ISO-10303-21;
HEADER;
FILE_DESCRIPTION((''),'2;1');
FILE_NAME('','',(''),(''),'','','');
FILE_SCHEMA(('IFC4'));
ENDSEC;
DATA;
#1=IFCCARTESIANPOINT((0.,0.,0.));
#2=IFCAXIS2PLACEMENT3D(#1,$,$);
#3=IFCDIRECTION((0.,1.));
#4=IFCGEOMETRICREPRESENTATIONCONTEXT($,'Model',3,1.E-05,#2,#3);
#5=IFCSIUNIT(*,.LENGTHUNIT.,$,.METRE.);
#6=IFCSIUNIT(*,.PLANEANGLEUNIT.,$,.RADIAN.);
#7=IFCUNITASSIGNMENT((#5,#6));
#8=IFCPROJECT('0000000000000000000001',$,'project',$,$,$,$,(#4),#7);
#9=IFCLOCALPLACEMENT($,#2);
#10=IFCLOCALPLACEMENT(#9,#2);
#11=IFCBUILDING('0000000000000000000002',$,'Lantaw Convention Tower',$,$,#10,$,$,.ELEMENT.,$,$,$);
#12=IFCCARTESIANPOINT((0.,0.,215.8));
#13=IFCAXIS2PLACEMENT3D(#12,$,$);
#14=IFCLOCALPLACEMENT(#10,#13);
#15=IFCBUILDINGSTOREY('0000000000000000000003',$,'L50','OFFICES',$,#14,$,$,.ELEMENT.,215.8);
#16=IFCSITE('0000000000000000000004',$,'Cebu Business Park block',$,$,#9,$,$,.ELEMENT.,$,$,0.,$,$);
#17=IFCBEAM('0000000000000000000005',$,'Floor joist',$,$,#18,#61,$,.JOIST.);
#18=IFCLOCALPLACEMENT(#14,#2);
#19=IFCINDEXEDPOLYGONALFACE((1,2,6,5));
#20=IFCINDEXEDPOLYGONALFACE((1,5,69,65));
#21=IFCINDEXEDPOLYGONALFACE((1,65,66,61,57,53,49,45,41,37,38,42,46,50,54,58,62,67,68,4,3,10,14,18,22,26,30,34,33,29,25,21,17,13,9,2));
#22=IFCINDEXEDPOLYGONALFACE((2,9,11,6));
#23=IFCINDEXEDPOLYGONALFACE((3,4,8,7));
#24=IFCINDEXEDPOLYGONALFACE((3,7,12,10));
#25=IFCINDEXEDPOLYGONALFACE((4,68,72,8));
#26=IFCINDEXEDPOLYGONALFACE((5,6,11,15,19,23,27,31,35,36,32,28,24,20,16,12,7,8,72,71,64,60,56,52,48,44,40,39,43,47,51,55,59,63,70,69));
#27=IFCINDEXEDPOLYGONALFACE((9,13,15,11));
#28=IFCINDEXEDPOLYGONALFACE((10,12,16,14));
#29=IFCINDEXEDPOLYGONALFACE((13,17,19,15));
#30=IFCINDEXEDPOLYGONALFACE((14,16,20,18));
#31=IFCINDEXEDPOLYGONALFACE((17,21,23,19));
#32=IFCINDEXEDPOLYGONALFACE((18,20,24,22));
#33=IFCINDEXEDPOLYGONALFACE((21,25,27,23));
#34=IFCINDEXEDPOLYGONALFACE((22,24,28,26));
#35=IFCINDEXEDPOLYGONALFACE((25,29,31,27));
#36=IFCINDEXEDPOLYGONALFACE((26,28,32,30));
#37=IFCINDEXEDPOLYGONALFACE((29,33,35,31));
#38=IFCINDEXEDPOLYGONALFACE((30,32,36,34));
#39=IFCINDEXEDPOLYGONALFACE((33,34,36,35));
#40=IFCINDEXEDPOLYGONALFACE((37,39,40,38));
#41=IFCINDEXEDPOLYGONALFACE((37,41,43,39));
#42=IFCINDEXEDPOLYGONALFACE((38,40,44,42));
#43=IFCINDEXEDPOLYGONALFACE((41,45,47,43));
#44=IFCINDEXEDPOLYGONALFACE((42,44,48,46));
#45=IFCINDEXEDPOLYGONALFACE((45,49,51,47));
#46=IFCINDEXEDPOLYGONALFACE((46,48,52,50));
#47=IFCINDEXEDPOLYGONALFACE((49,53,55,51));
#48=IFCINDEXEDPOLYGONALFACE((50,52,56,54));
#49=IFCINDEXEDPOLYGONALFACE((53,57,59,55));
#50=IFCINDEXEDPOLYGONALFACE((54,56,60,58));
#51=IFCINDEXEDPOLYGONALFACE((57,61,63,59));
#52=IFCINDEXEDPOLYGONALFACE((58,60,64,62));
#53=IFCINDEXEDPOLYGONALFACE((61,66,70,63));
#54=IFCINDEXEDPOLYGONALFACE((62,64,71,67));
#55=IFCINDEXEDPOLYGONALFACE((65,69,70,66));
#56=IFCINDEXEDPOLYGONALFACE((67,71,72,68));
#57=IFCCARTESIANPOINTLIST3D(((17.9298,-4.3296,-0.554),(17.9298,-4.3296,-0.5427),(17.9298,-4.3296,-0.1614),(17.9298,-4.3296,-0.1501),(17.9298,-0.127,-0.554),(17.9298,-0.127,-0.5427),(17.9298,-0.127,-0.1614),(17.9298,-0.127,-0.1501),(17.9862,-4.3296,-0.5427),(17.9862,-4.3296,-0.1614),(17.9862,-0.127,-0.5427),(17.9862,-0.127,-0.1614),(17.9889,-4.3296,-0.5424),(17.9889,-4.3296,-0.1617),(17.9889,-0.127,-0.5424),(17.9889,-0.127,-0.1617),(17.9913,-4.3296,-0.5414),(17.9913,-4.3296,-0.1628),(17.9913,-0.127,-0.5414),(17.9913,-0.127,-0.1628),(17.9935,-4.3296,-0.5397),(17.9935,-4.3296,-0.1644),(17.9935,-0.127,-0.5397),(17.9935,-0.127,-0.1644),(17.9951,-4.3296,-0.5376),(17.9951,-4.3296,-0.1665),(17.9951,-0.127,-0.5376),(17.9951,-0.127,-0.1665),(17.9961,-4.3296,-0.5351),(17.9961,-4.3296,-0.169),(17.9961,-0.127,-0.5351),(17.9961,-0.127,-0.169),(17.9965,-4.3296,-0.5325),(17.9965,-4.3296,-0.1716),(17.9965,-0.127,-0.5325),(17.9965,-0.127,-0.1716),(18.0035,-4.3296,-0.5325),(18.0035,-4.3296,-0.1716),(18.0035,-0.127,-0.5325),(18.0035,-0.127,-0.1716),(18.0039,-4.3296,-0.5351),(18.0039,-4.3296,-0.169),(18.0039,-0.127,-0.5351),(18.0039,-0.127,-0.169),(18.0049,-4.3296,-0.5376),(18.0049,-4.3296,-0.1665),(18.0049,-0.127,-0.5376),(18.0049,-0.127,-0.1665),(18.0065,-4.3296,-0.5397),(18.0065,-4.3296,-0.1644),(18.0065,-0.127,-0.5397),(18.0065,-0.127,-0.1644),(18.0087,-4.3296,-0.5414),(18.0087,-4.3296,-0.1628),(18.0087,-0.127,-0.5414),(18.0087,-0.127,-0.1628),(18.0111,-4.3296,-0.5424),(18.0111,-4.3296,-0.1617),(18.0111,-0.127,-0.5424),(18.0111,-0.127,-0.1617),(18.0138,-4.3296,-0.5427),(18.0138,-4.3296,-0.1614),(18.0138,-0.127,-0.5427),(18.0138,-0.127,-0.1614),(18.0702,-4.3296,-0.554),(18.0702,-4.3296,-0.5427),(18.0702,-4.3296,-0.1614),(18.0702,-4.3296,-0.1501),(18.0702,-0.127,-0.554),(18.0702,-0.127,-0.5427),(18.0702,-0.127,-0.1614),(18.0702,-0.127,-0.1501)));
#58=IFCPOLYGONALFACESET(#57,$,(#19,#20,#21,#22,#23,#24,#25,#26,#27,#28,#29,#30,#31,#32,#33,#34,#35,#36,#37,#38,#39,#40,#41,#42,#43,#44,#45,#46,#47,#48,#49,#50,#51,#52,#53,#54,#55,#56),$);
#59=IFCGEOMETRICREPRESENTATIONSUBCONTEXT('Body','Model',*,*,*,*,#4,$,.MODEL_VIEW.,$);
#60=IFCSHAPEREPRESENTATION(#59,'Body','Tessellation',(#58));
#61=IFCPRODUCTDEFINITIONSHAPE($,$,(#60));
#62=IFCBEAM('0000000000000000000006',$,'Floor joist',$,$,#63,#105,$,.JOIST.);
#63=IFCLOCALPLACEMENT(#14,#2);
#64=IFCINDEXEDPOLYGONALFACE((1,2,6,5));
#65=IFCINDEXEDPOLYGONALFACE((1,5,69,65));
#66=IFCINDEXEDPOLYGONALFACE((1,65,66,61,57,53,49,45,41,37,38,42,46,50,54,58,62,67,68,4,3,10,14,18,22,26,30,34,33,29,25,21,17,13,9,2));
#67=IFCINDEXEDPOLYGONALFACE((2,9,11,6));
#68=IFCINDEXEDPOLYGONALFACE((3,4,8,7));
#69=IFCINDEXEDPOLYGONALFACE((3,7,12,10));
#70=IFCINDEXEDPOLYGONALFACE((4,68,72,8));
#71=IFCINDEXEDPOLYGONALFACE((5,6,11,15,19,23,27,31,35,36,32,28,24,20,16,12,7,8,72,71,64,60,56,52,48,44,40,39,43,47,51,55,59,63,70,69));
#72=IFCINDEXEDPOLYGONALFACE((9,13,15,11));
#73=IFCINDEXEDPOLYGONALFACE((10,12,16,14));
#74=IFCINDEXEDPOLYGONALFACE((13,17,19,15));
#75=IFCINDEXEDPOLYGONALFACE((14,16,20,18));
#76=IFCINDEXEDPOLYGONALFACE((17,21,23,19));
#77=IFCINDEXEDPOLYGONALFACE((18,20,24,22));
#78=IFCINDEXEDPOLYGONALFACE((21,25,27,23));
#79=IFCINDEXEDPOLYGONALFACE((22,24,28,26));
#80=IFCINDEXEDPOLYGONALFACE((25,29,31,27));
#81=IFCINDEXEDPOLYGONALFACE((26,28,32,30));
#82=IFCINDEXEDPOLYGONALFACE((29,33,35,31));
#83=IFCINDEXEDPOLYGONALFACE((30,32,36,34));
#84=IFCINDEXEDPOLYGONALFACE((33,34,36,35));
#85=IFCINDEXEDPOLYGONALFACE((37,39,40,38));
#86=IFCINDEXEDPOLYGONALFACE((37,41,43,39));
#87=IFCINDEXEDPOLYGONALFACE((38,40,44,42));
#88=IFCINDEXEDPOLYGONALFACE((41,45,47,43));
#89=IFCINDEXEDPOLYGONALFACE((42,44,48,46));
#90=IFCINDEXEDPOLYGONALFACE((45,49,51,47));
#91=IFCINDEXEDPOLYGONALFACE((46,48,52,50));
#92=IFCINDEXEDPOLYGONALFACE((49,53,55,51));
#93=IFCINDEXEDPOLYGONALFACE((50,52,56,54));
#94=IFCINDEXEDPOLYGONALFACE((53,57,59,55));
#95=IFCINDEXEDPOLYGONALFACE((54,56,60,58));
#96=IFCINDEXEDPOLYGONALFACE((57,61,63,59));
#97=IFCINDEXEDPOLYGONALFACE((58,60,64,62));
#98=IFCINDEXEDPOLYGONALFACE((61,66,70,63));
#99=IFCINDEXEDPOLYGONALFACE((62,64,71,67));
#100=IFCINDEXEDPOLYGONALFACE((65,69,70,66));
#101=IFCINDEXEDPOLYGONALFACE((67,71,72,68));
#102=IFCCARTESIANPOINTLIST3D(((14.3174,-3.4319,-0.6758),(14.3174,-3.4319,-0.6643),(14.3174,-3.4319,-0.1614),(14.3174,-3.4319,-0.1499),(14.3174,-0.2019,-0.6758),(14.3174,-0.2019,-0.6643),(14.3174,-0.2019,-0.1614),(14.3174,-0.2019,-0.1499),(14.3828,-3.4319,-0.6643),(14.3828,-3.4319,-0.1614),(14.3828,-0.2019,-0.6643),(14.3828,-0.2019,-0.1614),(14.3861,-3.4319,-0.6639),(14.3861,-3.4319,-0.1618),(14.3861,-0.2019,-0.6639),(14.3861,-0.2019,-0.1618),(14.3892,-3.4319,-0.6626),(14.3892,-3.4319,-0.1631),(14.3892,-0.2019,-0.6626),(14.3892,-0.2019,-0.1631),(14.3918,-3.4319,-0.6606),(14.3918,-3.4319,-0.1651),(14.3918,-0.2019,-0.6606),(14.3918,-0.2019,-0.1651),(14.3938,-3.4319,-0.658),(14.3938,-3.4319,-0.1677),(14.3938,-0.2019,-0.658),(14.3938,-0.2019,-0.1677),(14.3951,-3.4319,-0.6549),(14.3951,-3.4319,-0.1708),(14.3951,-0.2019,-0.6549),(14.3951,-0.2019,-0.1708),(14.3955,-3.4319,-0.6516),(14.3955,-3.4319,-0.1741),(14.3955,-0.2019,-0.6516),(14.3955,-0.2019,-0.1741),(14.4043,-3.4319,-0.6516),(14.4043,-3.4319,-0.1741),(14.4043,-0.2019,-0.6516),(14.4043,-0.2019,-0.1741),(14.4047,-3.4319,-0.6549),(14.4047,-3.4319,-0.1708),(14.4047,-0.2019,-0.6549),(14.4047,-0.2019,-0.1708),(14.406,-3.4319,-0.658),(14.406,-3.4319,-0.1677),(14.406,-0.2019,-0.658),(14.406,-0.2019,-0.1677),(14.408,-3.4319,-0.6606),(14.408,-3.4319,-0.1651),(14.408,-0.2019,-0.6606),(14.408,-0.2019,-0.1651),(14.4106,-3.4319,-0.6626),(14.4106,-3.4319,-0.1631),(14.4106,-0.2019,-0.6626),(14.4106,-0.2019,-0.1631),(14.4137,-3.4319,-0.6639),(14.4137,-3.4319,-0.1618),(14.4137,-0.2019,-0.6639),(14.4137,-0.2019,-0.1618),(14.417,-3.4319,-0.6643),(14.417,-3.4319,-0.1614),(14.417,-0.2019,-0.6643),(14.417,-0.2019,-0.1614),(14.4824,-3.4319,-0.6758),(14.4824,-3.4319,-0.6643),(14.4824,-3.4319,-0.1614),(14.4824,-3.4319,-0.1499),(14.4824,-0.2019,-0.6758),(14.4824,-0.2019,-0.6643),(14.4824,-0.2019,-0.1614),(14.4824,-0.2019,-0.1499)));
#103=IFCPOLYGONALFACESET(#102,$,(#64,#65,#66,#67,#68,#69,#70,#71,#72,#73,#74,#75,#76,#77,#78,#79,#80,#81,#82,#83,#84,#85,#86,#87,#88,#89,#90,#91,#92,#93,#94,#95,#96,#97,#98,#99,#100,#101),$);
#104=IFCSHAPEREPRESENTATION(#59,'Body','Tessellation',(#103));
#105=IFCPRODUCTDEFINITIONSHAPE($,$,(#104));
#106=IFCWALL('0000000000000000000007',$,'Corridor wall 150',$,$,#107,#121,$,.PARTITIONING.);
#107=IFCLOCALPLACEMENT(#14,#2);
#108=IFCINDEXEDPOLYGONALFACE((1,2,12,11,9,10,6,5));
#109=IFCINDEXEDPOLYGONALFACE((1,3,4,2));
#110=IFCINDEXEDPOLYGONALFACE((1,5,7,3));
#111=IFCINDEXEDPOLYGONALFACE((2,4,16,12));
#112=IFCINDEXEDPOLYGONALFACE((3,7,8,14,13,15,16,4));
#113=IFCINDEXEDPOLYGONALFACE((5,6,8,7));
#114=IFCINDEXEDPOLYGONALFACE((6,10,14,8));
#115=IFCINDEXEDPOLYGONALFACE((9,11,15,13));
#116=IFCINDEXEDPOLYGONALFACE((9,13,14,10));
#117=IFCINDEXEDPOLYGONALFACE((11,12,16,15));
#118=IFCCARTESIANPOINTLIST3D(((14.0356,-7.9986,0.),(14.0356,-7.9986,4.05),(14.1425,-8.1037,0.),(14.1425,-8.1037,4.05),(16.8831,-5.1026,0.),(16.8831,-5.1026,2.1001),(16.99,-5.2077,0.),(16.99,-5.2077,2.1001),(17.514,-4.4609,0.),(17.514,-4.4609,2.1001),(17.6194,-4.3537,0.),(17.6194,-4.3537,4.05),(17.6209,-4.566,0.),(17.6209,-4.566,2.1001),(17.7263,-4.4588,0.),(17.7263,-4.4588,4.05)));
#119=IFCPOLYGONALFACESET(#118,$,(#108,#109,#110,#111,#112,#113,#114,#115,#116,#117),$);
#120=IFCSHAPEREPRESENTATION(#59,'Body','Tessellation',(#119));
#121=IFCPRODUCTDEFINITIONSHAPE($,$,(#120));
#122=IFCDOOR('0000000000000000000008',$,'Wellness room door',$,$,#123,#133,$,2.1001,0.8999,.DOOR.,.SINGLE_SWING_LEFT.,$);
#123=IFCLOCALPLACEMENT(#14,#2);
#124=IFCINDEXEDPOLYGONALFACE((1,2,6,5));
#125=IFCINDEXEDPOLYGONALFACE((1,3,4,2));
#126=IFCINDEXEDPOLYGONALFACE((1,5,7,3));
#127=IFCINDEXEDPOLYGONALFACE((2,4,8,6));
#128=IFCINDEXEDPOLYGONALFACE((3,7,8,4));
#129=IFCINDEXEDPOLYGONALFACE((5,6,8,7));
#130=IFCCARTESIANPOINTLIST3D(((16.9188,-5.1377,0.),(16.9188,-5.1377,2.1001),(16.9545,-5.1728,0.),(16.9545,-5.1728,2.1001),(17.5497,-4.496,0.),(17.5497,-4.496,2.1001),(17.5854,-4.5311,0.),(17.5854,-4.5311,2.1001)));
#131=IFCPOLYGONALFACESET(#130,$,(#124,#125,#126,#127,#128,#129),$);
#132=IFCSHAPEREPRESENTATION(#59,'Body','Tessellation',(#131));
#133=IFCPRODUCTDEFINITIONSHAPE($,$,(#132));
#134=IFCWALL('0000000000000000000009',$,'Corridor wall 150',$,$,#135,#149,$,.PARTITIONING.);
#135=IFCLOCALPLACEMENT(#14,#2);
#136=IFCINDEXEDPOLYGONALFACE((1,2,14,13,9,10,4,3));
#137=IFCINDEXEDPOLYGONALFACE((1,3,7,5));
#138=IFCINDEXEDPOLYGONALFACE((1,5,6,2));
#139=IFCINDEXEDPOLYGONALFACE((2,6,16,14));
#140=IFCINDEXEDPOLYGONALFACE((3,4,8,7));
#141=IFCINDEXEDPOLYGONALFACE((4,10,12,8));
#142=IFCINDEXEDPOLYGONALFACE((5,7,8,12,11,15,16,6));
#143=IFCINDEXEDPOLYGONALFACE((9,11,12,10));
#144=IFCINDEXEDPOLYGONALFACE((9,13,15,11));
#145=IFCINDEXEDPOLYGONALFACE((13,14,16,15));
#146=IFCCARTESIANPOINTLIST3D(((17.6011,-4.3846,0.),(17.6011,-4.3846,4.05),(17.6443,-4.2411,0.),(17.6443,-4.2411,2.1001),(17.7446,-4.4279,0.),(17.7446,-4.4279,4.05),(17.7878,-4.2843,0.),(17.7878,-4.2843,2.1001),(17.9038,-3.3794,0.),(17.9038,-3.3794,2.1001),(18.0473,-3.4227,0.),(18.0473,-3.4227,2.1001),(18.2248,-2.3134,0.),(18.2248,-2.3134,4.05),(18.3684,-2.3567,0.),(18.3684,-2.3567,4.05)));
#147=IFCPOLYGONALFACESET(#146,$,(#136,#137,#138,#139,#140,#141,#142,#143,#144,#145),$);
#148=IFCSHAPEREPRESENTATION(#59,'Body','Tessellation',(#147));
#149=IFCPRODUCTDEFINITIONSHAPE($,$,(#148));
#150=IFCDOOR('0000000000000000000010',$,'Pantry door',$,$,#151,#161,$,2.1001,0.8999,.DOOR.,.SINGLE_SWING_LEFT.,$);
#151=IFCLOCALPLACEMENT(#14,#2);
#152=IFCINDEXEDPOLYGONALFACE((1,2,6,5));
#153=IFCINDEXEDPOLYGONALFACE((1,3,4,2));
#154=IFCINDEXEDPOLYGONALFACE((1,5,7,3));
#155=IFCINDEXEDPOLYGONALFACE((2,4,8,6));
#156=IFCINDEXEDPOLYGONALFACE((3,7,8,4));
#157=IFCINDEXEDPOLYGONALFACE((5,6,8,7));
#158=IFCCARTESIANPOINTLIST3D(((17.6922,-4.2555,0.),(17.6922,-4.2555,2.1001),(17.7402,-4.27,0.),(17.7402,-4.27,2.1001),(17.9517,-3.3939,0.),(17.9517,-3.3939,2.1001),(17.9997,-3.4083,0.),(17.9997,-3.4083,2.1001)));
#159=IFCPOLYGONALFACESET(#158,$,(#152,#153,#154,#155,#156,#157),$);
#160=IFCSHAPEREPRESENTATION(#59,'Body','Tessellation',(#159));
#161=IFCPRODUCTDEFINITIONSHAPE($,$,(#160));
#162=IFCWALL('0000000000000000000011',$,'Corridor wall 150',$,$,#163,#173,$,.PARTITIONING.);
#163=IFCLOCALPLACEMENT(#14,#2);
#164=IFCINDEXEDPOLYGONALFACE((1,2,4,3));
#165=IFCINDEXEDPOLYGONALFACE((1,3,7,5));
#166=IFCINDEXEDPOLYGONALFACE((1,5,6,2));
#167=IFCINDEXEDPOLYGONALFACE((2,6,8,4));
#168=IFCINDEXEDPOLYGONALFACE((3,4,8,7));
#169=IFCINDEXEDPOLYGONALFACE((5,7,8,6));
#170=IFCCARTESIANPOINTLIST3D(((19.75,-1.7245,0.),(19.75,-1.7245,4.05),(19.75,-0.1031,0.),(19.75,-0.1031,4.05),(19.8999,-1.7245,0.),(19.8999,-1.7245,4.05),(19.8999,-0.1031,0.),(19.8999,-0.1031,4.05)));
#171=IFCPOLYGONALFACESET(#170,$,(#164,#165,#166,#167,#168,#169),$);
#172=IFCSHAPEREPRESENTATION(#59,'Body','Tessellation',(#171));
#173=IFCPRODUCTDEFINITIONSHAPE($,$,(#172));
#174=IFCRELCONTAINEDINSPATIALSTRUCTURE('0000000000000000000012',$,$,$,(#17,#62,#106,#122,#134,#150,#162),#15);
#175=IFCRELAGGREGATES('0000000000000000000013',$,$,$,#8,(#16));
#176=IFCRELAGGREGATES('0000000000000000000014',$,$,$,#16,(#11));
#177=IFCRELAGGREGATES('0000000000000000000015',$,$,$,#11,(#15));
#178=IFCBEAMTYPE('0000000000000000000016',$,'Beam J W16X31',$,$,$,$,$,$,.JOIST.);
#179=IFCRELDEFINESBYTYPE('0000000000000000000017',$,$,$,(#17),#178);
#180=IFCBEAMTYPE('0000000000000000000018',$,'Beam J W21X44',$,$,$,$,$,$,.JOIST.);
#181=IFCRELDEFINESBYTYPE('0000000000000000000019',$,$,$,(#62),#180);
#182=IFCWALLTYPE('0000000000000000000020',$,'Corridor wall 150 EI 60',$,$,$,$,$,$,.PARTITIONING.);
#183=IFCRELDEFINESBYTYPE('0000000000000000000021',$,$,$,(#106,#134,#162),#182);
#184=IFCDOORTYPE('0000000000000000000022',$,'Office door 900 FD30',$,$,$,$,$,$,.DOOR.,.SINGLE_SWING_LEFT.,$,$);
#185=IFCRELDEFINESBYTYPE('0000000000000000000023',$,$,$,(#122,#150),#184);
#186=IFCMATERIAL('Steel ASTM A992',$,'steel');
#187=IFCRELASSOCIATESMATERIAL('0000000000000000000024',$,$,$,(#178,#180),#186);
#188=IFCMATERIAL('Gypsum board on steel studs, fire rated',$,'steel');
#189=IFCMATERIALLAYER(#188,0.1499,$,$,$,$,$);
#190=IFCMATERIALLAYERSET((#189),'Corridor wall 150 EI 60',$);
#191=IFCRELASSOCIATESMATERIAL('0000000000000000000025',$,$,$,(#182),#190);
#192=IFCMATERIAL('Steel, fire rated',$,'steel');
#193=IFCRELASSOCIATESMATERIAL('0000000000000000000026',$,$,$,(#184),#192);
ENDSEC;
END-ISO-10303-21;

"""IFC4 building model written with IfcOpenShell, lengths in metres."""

from ifc_helpers import new_model, si_unit, direction, frame, frame_2d, origin, origin_2d, place, context, subcontext, project, spatial, rectangle, i_section, extrude, material, layer, layer_set, material_profile, profile_set, type_object, element, fill, save


model = new_model("IFC4")

# Units and contexts
model_context = context("Model", 3, precision=1e-05, world=origin(), true_north=direction((0.0, 1.0)))
body_context = subcontext(model_context, "Body", "Model", "MODEL_VIEW")
ifc_project = project(units=[si_unit("LENGTHUNIT", "METRE"), si_unit("PLANEANGLEUNIT", "RADIAN")], contexts=[model_context])

# Site, building, storey
site_placement = place(None, origin())
site = spatial("IfcSite", under=ifc_project, at=site_placement, Name="Cebu Business Park block", CompositionType="ELEMENT", RefElevation=0.0)
building_placement = place(site_placement, origin())
building = spatial("IfcBuilding", under=site, at=building_placement, Name="Lantaw Convention Tower", CompositionType="ELEMENT")
storey_placement = place(building_placement, frame((0.0, 0.0, 215.8)))
storey = spatial("IfcBuildingStorey", under=building, at=storey_placement, Name="L50", Description="OFFICES", CompositionType="ELEMENT", Elevation=215.8)

# Beams
ifc_material_1 = material(Name="Steel ASTM A992", Category="steel")
ifc_material_profile_1 = material_profile(ifc_material_1, i_section(OverallWidth=0.1404, OverallDepth=0.4038, WebThickness=0.0071, FlangeThickness=0.0112, FilletRadius=0.0103, at=origin_2d()), Name="W16X31")
ifc_profile_set_1 = profile_set([ifc_material_profile_1], Name="Steel ASTM A992")
beam_type_1 = type_object("IfcBeamType", Name="Beam J W16X31", PredefinedType="JOIST", material=ifc_profile_set_1)
beam_1_placement = place(storey_placement, frame((18.0, -4.3296, -0.3521), z_axis=(0.0, 1.0, 0.0), x_axis=(-1.0, 0.0, 0.0)))
element("IfcBeam", 1, at=beam_1_placement, inside=storey, type_object=beam_type_1, Name="Floor joist", PredefinedType="JOIST", context=body_context, shape_type="SweptSolid", body=[
    extrude(i_section(OverallWidth=0.1404, OverallDepth=0.4038, WebThickness=0.0071, FlangeThickness=0.0112, FilletRadius=0.0103, at=origin_2d()), origin(), (0.0, 0.0, 1.0), 4.2026),
])
ifc_material_profile_2 = material_profile(ifc_material_1, i_section(OverallWidth=0.165, OverallDepth=0.5259, WebThickness=0.0088, FlangeThickness=0.0115, FilletRadius=0.0127, at=origin_2d()), Name="W21X44")
ifc_profile_set_2 = profile_set([ifc_material_profile_2], Name="Steel ASTM A992")
beam_type_2 = type_object("IfcBeamType", Name="Beam J W21X44", PredefinedType="JOIST", material=ifc_profile_set_2)
beam_2_placement = place(storey_placement, frame((14.3999, -3.4319, -0.4128), z_axis=(0.0, 1.0, 0.0), x_axis=(-1.0, 0.0, 0.0)))
element("IfcBeam", 2, at=beam_2_placement, inside=storey, type_object=beam_type_2, Name="Floor joist", PredefinedType="JOIST", context=body_context, shape_type="SweptSolid", body=[
    extrude(i_section(OverallWidth=0.165, OverallDepth=0.5259, WebThickness=0.0088, FlangeThickness=0.0115, FilletRadius=0.0127, at=origin_2d()), origin(), (0.0, 0.0, 1.0), 3.23),
])

# Walls, openings, doors
ifc_material_2 = material(Name="Gypsum board on steel studs, fire rated", Category="steel")
ifc_layer_1 = layer(ifc_material_2, 0.1499)
ifc_layer_set_1 = layer_set([ifc_layer_1], Name="Corridor wall 150 EI 60")
wall_type_1 = type_object("IfcWallType", Name="Corridor wall 150 EI 60", PredefinedType="PARTITIONING", material=ifc_layer_set_1)
wall_1_placement = place(storey_placement, frame((14.0891, -8.051, 0.0), z_axis=(0.0, 0.0, 1.0), x_axis=(0.701111, 0.713052, 0.0)))
wall_1 = element("IfcWall", 3, at=wall_1_placement, inside=storey, type_object=wall_type_1, Name="Corridor wall 150", PredefinedType="PARTITIONING", context=body_context, shape_type="SweptSolid", body=[
    extrude(rectangle(XDim=5.1116, YDim=0.1499, at=frame_2d((2.5557, 0.0))), origin(), (0.0, 0.0, 1.0), 4.05),
])
opening_1_placement = place(wall_1_placement, frame((4.0613, 0.0, 0.0)))
opening_1 = element("IfcOpeningElement", 4, at=opening_1_placement, cuts=wall_1, PredefinedType="OPENING", context=body_context, shape_type="SweptSolid", body=[
    extrude(rectangle(XDim=0.8999, YDim=2.1001, at=frame_2d((0.45, 1.05))), frame((0.0, 0.085, 0.0), z_axis=(0.0, -1.0, 0.0), x_axis=(1.0, 0.0, 0.0)), (0.0, 0.0, 1.0), 0.1699),
])
ifc_material_3 = material(Name="Steel, fire rated", Category="steel")
door_type_1 = type_object("IfcDoorType", Name="Office door 900 FD30", OperationType="SINGLE_SWING_LEFT", PredefinedType="DOOR", material=ifc_material_3)
door_1_placement = place(opening_1_placement, origin())
door_1 = element("IfcDoor", 5, at=door_1_placement, inside=storey, type_object=door_type_1, Name="Wellness room door", OperationType="SINGLE_SWING_LEFT", OverallHeight=2.1001, OverallWidth=0.8999, PredefinedType="DOOR", context=body_context, shape_type="SweptSolid", body=[
    extrude(rectangle(XDim=0.8999, YDim=2.1001, at=frame_2d((0.45, 1.05))), frame((0.0, 0.0249, 0.0), z_axis=(0.0, -1.0, 0.0), x_axis=(1.0, 0.0, 0.0)), (0.0, 0.0, 1.0), 0.05),
])
fill(opening_1, door_1)
wall_2_placement = place(storey_placement, frame((17.6729, -4.4062, 0.0), z_axis=(0.0, 0.0, 1.0), x_axis=(0.288362, 0.957521, 0.0)))
wall_2 = element("IfcWall", 6, at=wall_2_placement, inside=storey, type_object=wall_type_1, Name="Corridor wall 150", PredefinedType="PARTITIONING", context=body_context, shape_type="SweptSolid", body=[
    extrude(rectangle(XDim=2.1631, YDim=0.1499, at=frame_2d((1.0815, 0.0))), origin(), (0.0, 0.0, 1.0), 4.05),
])
opening_2_placement = place(wall_2_placement, frame((0.1499, 0.0, 0.0)))
opening_2 = element("IfcOpeningElement", 7, at=opening_2_placement, cuts=wall_2, PredefinedType="OPENING", context=body_context, shape_type="SweptSolid", body=[
    extrude(rectangle(XDim=0.8999, YDim=2.1001, at=frame_2d((0.45, 1.05))), frame((0.0, 0.085, 0.0), z_axis=(0.0, -1.0, 0.0), x_axis=(1.0, 0.0, 0.0)), (0.0, 0.0, 1.0), 0.1699),
])
door_2_placement = place(opening_2_placement, origin())
door_2 = element("IfcDoor", 8, at=door_2_placement, inside=storey, type_object=door_type_1, Name="Pantry door", OperationType="SINGLE_SWING_LEFT", OverallHeight=2.1001, OverallWidth=0.8999, PredefinedType="DOOR", context=body_context, shape_type="SweptSolid", body=[
    extrude(rectangle(XDim=0.8999, YDim=2.1001, at=frame_2d((0.45, 1.05))), frame((0.0, 0.0249, 0.0), z_axis=(0.0, -1.0, 0.0), x_axis=(1.0, 0.0, 0.0)), (0.0, 0.0, 1.0), 0.05),
])
fill(opening_2, door_2)

# Wall
wall_3_placement = place(storey_placement, frame((19.825, -0.1033, 0.0), z_axis=(0.0, 0.0, 1.0), x_axis=(0.0, -1.0, 0.0)))
element("IfcWall", 9, at=wall_3_placement, inside=storey, type_object=wall_type_1, Name="Corridor wall 150", PredefinedType="PARTITIONING", context=body_context, shape_type="SweptSolid", body=[
    extrude(rectangle(XDim=1.6213, YDim=0.1499, at=frame_2d((0.8105, 0.0))), origin(), (0.0, 0.0, 1.0), 4.05),
])

save(model, "model.ifc")
